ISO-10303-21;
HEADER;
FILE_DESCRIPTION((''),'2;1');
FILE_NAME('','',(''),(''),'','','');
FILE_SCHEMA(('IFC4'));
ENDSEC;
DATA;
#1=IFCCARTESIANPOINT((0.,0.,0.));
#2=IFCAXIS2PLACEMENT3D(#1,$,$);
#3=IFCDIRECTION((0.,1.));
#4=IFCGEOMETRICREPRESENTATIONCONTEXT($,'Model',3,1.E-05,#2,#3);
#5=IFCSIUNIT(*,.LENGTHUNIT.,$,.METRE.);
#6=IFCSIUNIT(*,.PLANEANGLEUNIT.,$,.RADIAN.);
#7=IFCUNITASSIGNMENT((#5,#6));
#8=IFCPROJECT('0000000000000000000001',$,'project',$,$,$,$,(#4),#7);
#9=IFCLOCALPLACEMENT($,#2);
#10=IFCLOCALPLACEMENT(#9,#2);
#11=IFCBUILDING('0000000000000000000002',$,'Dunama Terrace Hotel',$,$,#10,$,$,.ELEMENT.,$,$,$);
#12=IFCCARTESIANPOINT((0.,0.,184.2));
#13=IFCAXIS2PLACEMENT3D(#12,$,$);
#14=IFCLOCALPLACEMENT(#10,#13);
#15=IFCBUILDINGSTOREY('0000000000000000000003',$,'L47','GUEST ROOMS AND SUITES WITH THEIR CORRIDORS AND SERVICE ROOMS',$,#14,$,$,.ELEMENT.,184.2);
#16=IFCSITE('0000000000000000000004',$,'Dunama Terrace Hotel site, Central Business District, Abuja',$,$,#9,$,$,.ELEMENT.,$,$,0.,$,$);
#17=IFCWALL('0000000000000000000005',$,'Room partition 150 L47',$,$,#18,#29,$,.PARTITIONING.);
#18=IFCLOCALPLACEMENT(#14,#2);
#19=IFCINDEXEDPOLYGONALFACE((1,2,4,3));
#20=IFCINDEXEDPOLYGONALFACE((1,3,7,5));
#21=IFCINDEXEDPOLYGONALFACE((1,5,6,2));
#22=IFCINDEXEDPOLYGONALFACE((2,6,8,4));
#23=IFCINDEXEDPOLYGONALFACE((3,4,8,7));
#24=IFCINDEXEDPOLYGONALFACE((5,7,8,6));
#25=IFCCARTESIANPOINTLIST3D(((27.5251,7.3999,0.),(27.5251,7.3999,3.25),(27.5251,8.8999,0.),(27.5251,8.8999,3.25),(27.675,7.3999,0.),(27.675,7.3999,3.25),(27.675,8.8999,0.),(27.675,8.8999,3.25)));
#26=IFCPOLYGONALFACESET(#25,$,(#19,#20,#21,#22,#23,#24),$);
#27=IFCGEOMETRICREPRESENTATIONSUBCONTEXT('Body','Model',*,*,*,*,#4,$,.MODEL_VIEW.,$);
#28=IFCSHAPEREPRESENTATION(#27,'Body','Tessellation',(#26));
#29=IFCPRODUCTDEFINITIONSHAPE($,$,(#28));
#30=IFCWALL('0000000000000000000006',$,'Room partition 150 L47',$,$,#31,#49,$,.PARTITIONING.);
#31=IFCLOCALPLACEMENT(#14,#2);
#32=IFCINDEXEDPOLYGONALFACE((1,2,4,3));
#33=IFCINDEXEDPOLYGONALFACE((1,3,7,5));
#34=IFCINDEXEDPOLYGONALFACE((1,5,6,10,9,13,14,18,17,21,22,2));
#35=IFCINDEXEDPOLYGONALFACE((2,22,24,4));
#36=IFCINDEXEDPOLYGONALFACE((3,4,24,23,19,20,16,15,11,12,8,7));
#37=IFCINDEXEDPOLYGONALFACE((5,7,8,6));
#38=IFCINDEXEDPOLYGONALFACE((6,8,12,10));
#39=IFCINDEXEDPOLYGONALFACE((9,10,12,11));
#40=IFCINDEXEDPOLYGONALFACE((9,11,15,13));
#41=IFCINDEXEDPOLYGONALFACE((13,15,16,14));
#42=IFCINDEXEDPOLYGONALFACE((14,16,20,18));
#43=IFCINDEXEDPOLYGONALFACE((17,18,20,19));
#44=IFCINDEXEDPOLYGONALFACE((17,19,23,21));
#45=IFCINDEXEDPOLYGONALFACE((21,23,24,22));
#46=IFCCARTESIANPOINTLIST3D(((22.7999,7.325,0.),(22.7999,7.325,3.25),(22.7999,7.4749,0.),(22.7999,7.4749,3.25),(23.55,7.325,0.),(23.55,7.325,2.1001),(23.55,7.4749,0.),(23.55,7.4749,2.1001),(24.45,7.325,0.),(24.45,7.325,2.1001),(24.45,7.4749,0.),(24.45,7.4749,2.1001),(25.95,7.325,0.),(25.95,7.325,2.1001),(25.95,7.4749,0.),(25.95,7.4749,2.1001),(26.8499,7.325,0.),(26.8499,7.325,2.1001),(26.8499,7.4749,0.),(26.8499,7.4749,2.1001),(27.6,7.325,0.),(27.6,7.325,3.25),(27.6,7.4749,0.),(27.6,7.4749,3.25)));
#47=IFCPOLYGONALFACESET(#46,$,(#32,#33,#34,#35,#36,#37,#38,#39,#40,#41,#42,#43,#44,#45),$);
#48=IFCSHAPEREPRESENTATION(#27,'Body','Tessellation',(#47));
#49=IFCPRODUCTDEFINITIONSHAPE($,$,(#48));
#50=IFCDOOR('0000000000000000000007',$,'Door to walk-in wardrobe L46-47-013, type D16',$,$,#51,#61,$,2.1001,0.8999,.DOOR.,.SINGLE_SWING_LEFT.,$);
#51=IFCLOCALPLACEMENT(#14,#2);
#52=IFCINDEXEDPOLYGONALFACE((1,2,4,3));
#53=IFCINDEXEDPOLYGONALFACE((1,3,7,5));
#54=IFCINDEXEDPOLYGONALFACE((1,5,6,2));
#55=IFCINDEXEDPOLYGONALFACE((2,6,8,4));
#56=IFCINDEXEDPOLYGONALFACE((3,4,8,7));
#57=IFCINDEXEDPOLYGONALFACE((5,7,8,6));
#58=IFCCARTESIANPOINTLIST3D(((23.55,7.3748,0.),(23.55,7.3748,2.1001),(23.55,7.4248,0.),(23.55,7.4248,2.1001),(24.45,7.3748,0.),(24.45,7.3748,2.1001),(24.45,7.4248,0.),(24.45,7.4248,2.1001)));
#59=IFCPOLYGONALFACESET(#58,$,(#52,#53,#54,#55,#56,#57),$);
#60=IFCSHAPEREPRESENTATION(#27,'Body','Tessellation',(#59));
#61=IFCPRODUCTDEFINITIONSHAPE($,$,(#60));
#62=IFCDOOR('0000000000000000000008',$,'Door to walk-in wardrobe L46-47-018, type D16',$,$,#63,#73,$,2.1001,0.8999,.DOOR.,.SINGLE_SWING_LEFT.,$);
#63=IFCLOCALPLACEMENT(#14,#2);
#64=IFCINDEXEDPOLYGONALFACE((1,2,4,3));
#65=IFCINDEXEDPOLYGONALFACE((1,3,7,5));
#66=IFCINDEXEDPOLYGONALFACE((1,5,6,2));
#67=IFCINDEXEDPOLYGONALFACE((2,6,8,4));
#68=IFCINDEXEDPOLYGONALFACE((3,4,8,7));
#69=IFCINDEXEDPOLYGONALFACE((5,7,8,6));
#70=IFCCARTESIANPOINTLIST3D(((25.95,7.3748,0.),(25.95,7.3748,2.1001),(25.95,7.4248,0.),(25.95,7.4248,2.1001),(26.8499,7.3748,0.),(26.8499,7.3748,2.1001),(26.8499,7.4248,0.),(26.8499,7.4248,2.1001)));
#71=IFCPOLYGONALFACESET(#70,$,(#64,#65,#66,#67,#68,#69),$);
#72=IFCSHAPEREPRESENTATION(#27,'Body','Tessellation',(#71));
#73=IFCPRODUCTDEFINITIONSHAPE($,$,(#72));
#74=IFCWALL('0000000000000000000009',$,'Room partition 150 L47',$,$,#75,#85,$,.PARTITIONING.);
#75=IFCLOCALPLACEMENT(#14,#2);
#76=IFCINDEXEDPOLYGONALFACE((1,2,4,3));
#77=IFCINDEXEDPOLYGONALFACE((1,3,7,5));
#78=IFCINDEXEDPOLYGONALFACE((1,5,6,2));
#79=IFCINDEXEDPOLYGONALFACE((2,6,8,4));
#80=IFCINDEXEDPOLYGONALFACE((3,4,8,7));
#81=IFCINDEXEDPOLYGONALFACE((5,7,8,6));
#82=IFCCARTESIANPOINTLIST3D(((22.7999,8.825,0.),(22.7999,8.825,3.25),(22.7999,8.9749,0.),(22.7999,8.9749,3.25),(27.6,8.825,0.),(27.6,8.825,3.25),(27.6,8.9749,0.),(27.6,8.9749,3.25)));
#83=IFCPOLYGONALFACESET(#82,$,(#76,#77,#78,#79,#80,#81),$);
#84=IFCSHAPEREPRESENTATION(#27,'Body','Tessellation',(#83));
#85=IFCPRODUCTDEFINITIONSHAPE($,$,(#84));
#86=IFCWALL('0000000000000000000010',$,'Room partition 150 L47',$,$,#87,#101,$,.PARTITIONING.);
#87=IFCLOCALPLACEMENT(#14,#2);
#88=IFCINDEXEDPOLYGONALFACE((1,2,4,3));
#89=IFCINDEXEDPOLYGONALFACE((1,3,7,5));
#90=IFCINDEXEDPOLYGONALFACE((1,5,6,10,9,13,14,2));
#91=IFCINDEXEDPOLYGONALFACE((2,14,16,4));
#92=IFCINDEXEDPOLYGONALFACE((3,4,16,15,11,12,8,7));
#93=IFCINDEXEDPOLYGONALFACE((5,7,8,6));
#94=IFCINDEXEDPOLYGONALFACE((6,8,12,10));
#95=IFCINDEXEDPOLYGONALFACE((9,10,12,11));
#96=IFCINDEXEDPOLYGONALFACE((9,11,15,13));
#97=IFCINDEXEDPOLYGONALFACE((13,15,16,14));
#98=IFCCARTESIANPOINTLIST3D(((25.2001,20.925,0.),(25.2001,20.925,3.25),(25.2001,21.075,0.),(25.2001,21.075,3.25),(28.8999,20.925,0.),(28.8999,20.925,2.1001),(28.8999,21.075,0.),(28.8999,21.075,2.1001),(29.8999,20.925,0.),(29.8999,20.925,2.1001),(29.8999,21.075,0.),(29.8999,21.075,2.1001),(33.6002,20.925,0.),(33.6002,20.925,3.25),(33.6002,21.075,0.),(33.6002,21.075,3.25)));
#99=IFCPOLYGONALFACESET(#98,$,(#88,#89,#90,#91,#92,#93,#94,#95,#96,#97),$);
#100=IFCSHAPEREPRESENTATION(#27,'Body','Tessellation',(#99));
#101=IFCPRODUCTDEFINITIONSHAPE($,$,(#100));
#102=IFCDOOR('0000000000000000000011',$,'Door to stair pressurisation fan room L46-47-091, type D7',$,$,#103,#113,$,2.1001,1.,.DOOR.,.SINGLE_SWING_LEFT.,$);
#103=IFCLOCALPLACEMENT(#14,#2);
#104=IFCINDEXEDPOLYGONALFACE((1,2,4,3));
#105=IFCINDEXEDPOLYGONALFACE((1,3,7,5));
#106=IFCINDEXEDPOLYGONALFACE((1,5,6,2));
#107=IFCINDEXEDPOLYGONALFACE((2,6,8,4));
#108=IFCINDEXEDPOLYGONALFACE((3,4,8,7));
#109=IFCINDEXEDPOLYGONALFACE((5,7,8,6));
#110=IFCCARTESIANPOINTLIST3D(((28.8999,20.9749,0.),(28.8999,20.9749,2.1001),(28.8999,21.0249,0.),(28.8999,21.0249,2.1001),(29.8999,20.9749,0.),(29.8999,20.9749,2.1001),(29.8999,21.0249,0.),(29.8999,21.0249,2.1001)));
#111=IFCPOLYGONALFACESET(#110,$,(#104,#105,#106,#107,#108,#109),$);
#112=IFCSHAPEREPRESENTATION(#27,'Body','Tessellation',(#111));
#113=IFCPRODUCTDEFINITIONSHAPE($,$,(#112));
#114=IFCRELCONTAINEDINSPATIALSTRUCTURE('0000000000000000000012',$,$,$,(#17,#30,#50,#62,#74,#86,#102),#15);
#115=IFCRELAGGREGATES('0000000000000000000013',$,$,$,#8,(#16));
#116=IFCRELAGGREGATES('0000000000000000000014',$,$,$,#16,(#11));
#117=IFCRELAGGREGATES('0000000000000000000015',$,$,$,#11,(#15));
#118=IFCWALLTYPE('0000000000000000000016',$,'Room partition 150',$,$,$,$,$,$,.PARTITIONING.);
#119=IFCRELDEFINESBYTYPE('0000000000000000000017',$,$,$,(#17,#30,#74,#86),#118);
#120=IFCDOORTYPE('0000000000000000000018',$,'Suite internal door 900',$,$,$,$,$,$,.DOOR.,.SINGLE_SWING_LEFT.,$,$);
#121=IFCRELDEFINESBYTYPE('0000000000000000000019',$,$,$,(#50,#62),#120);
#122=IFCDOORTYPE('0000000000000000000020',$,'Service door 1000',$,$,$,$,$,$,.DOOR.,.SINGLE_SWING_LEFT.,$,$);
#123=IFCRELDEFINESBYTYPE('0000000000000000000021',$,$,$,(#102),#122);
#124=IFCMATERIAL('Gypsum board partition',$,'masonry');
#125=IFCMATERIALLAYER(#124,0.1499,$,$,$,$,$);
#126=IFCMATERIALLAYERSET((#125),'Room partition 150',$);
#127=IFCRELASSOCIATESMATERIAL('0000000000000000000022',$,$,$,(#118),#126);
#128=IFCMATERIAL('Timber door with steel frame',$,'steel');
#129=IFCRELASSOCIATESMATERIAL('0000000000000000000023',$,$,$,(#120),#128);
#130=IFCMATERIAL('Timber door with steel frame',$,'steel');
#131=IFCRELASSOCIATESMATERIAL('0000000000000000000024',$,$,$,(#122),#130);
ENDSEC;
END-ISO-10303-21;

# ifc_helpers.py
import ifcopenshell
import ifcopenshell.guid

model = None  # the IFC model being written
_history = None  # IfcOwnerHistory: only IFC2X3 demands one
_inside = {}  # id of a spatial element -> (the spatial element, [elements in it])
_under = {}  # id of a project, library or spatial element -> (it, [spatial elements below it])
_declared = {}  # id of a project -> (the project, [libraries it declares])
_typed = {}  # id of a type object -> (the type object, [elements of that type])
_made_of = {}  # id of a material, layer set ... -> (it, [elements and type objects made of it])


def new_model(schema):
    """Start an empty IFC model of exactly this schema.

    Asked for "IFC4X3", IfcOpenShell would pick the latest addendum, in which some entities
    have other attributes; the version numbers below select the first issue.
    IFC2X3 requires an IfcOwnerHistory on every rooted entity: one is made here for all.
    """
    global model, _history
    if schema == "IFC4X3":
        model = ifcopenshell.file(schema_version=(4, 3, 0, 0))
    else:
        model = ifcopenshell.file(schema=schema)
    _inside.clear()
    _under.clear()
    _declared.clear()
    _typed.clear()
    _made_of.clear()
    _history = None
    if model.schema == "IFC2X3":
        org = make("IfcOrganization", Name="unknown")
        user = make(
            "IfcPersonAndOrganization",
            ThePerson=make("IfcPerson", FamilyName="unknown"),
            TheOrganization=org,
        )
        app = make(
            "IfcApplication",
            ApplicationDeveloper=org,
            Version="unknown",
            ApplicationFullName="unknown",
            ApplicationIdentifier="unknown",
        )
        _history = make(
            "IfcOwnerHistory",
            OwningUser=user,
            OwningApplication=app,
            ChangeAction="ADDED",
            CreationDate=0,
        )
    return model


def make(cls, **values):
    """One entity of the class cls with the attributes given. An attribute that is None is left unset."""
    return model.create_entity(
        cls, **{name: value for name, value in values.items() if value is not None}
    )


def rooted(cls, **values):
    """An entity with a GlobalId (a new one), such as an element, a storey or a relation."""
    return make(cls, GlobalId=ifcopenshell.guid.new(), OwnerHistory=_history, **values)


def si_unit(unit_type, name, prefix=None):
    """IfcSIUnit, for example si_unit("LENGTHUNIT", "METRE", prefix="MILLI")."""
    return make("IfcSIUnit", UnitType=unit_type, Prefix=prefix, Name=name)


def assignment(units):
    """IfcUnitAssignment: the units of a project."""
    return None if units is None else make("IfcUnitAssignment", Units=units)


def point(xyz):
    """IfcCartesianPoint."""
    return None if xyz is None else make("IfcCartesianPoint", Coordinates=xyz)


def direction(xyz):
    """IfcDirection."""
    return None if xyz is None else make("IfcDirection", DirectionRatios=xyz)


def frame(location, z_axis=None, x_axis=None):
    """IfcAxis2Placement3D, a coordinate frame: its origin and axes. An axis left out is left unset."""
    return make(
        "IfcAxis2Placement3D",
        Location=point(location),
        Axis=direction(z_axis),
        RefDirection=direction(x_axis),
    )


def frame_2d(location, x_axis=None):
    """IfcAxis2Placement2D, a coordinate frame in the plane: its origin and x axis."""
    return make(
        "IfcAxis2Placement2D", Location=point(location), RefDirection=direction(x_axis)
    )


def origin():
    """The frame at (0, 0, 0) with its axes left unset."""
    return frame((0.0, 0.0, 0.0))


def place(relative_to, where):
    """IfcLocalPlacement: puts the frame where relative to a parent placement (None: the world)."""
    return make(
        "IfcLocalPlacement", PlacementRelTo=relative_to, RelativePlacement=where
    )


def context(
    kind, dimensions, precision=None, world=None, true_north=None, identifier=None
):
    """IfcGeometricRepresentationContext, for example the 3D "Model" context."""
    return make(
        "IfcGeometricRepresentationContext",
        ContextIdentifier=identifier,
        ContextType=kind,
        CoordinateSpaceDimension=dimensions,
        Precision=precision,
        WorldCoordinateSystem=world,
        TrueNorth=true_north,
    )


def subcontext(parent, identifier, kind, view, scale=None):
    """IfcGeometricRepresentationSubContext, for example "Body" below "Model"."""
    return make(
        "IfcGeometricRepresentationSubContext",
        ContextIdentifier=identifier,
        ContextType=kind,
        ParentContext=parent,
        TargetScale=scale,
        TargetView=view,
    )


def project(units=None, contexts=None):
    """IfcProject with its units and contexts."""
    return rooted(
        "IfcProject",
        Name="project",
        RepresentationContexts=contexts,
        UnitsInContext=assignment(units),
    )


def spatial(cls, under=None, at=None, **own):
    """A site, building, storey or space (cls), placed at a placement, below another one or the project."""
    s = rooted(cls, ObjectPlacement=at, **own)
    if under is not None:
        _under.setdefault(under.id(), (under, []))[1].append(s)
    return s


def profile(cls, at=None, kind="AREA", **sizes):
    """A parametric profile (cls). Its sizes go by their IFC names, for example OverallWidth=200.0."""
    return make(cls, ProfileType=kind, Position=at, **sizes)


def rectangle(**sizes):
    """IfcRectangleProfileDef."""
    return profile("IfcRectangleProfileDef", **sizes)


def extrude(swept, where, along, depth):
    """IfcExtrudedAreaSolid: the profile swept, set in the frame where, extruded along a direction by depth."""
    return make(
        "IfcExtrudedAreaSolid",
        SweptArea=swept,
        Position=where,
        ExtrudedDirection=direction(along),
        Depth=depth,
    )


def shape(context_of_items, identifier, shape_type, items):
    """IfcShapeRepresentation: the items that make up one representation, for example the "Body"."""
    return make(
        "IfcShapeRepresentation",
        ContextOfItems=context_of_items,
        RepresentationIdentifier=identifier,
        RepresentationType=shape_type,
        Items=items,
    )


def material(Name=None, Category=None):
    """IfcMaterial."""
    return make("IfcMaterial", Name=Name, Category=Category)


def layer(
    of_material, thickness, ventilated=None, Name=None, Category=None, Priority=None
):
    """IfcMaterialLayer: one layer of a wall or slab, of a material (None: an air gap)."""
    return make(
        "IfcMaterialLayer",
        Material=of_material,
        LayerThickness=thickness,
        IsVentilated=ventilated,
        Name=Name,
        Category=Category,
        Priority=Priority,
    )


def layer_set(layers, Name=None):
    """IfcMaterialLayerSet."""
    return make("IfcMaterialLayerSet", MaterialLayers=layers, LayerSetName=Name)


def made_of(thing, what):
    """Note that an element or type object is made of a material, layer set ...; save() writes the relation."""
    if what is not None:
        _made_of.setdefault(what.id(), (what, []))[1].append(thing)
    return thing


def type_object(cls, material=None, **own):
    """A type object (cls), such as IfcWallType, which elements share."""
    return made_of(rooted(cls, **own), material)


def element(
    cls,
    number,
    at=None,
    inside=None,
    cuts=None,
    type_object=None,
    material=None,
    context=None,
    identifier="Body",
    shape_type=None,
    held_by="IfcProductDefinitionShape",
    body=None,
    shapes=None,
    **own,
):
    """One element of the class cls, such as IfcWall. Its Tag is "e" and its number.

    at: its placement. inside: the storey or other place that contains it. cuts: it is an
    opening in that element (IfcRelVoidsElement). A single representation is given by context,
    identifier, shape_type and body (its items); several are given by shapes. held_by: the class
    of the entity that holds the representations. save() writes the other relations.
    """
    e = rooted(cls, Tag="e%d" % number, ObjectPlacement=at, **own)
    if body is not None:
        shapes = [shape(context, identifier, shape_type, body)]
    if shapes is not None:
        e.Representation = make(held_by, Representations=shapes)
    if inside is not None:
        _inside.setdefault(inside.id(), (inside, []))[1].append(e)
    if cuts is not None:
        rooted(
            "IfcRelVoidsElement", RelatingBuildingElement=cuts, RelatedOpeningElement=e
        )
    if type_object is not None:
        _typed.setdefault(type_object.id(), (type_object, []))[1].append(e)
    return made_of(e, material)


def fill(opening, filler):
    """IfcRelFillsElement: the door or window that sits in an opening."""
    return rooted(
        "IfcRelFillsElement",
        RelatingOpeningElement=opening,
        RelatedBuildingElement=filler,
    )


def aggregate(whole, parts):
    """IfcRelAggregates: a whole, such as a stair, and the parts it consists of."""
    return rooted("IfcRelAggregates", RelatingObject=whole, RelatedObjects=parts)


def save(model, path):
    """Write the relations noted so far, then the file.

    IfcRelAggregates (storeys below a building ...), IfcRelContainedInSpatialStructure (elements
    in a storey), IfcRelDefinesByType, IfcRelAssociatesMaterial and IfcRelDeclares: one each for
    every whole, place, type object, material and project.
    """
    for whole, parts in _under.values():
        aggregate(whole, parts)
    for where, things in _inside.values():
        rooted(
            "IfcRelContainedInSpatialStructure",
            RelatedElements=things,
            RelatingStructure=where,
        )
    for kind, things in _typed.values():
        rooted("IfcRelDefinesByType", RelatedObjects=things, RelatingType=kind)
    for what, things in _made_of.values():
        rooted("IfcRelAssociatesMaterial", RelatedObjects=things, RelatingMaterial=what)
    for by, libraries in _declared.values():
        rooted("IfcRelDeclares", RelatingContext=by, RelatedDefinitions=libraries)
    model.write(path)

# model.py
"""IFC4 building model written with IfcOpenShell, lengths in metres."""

from ifc_helpers import new_model, si_unit, direction, frame, frame_2d, origin, place, context, subcontext, project, spatial, rectangle, extrude, material, layer, layer_set, type_object, element, fill, save


model = new_model("IFC4")

# Units and contexts
model_context = context("Model", 3, precision=1e-05, world=origin(), true_north=direction((0.0, 1.0)))
body_context = subcontext(model_context, "Body", "Model", "MODEL_VIEW")
ifc_project = project(units=[si_unit("LENGTHUNIT", "METRE"), si_unit("PLANEANGLEUNIT", "RADIAN")], contexts=[model_context])

# Site, building, storey
site_placement = place(None, origin())
site = spatial("IfcSite", under=ifc_project, at=site_placement, Name="Dunama Terrace Hotel site, Central Business District, Abuja", CompositionType="ELEMENT", RefElevation=0.0)
building_placement = place(site_placement, origin())
building = spatial("IfcBuilding", under=site, at=building_placement, Name="Dunama Terrace Hotel", CompositionType="ELEMENT")
storey_placement = place(building_placement, frame((0.0, 0.0, 184.2)))
storey = spatial("IfcBuildingStorey", under=building, at=storey_placement, Name="L47", Description="GUEST ROOMS AND SUITES WITH THEIR CORRIDORS AND SERVICE ROOMS", CompositionType="ELEMENT", Elevation=184.2)

# Wall
ifc_material_1 = material(Name="Gypsum board partition", Category="masonry")
ifc_layer_1 = layer(ifc_material_1, 0.1499)
ifc_layer_set_1 = layer_set([ifc_layer_1], Name="Room partition 150")
wall_type_1 = type_object("IfcWallType", Name="Room partition 150", PredefinedType="PARTITIONING", material=ifc_layer_set_1)
for number, where, z_axis, x_axis, name in (
    (1, (27.6001, 7.3999, 0.0), (0.0, 0.0, 1.0), (0.0, 1.0, 0.0), "Room partition 150 L47"),
):
    element("IfcWall", number, at=place(storey_placement, frame(where, z_axis=z_axis, x_axis=x_axis)), inside=storey, type_object=wall_type_1, Name=name, PredefinedType="PARTITIONING", context=body_context, shape_type="SweptSolid", body=[
        extrude(rectangle(XDim=1.5, YDim=0.1499, at=frame_2d((0.75, 0.0))), origin(), (0.0, 0.0, 1.0), 3.25),
    ])

# Wall, openings, doors
wall_1_placement = place(storey_placement, frame((22.8, 7.3999, 0.0), z_axis=(0.0, 0.0, 1.0), x_axis=(1.0, 0.0, 0.0)))
wall_1 = element("IfcWall", 2, at=wall_1_placement, inside=storey, type_object=wall_type_1, Name="Room partition 150 L47", PredefinedType="PARTITIONING", context=body_context, shape_type="SweptSolid", body=[
    extrude(rectangle(XDim=4.8, YDim=0.1499, at=frame_2d((2.3999, 0.0))), origin(), (0.0, 0.0, 1.0), 3.25),
])
opening_1_placement = place(wall_1_placement, frame((0.75, 0.0, 0.0)))
opening_1 = element("IfcOpeningElement", 3, at=opening_1_placement, cuts=wall_1, PredefinedType="OPENING", context=body_context, shape_type="SweptSolid", body=[
    extrude(rectangle(XDim=0.8999, YDim=2.1001, at=frame_2d((0.45, 1.05))), frame((0.0, 0.085, 0.0), z_axis=(0.0, -1.0, 0.0), x_axis=(1.0, 0.0, 0.0)), (0.0, 0.0, 1.0), 0.1699),
])
opening_2_placement = place(wall_1_placement, frame((3.1499, 0.0, 0.0)))
opening_2 = element("IfcOpeningElement", 4, at=opening_2_placement, cuts=wall_1, PredefinedType="OPENING", context=body_context, shape_type="SweptSolid", body=[
    extrude(rectangle(XDim=0.8999, YDim=2.1001, at=frame_2d((0.45, 1.05))), frame((0.0, 0.085, 0.0), z_axis=(0.0, -1.0, 0.0), x_axis=(1.0, 0.0, 0.0)), (0.0, 0.0, 1.0), 0.1699),
])
ifc_material_2 = material(Name="Timber door with steel frame", Category="steel")
door_type_1 = type_object("IfcDoorType", Name="Suite internal door 900", OperationType="SINGLE_SWING_LEFT", PredefinedType="DOOR", material=ifc_material_2)
door_1_placement = place(opening_1_placement, origin())
door_1 = element("IfcDoor", 5, at=door_1_placement, inside=storey, type_object=door_type_1, Name="Door to walk-in wardrobe L46-47-013, type D16", OperationType="SINGLE_SWING_LEFT", OverallHeight=2.1001, OverallWidth=0.8999, PredefinedType="DOOR", context=body_context, shape_type="SweptSolid", body=[
    extrude(rectangle(XDim=0.8999, YDim=2.1001, at=frame_2d((0.45, 1.05))), frame((0.0, 0.0249, 0.0), z_axis=(0.0, -1.0, 0.0), x_axis=(1.0, 0.0, 0.0)), (0.0, 0.0, 1.0), 0.05),
])
fill(opening_1, door_1)
door_2_placement = place(opening_2_placement, origin())
door_2 = element("IfcDoor", 6, at=door_2_placement, inside=storey, type_object=door_type_1, Name="Door to walk-in wardrobe L46-47-018, type D16", OperationType="SINGLE_SWING_LEFT", OverallHeight=2.1001, OverallWidth=0.8999, PredefinedType="DOOR", context=body_context, shape_type="SweptSolid", body=[
    extrude(rectangle(XDim=0.8999, YDim=2.1001, at=frame_2d((0.45, 1.05))), frame((0.0, 0.0249, 0.0), z_axis=(0.0, -1.0, 0.0), x_axis=(1.0, 0.0, 0.0)), (0.0, 0.0, 1.0), 0.05),
])
fill(opening_2, door_2)

# Wall
wall_2_placement = place(storey_placement, frame((22.8, 8.8999, 0.0), z_axis=(0.0, 0.0, 1.0), x_axis=(1.0, 0.0, 0.0)))
element("IfcWall", 7, at=wall_2_placement, inside=storey, type_object=wall_type_1, Name="Room partition 150 L47", PredefinedType="PARTITIONING", context=body_context, shape_type="SweptSolid", body=[
    extrude(rectangle(XDim=4.8, YDim=0.1499, at=frame_2d((2.3999, 0.0))), origin(), (0.0, 0.0, 1.0), 3.25),
])

# Wall, opening, door
wall_3_placement = place(storey_placement, frame((25.2, 21.0, 0.0), z_axis=(0.0, 0.0, 1.0), x_axis=(1.0, 0.0, 0.0)))
wall_3 = element("IfcWall", 8, at=wall_3_placement, inside=storey, type_object=wall_type_1, Name="Room partition 150 L47", PredefinedType="PARTITIONING", context=body_context, shape_type="SweptSolid", body=[
    extrude(rectangle(XDim=8.4001, YDim=0.1499, at=frame_2d((4.2002, 0.0))), origin(), (0.0, 0.0, 1.0), 3.25),
])
opening_3_placement = place(wall_3_placement, frame((3.7, 0.0, 0.0)))
opening_3 = element("IfcOpeningElement", 9, at=opening_3_placement, cuts=wall_3, PredefinedType="OPENING", context=body_context, shape_type="SweptSolid", body=[
    extrude(rectangle(XDim=1.0, YDim=2.1001, at=frame_2d((0.5, 1.05))), frame((0.0, 0.085, 0.0), z_axis=(0.0, -1.0, 0.0), x_axis=(1.0, 0.0, 0.0)), (0.0, 0.0, 1.0), 0.1699),
])
ifc_material_3 = material(Name="Timber door with steel frame", Category="steel")
door_type_2 = type_object("IfcDoorType", Name="Service door 1000", OperationType="SINGLE_SWING_LEFT", PredefinedType="DOOR", material=ifc_material_3)
door_3_placement = place(opening_3_placement, origin())
door_3 = element("IfcDoor", 10, at=door_3_placement, inside=storey, type_object=door_type_2, Name="Door to stair pressurisation fan room L46-47-091, type D7", OperationType="SINGLE_SWING_LEFT", OverallHeight=2.1001, OverallWidth=1.0, PredefinedType="DOOR", context=body_context, shape_type="SweptSolid", body=[
    extrude(rectangle(XDim=1.0, YDim=2.1001, at=frame_2d((0.5, 1.05))), frame((0.0, 0.0249, 0.0), z_axis=(0.0, -1.0, 0.0), x_axis=(1.0, 0.0, 0.0)), (0.0, 0.0, 1.0), 0.05),
])
fill(opening_3, door_3)

save(model, "model.ifc")
